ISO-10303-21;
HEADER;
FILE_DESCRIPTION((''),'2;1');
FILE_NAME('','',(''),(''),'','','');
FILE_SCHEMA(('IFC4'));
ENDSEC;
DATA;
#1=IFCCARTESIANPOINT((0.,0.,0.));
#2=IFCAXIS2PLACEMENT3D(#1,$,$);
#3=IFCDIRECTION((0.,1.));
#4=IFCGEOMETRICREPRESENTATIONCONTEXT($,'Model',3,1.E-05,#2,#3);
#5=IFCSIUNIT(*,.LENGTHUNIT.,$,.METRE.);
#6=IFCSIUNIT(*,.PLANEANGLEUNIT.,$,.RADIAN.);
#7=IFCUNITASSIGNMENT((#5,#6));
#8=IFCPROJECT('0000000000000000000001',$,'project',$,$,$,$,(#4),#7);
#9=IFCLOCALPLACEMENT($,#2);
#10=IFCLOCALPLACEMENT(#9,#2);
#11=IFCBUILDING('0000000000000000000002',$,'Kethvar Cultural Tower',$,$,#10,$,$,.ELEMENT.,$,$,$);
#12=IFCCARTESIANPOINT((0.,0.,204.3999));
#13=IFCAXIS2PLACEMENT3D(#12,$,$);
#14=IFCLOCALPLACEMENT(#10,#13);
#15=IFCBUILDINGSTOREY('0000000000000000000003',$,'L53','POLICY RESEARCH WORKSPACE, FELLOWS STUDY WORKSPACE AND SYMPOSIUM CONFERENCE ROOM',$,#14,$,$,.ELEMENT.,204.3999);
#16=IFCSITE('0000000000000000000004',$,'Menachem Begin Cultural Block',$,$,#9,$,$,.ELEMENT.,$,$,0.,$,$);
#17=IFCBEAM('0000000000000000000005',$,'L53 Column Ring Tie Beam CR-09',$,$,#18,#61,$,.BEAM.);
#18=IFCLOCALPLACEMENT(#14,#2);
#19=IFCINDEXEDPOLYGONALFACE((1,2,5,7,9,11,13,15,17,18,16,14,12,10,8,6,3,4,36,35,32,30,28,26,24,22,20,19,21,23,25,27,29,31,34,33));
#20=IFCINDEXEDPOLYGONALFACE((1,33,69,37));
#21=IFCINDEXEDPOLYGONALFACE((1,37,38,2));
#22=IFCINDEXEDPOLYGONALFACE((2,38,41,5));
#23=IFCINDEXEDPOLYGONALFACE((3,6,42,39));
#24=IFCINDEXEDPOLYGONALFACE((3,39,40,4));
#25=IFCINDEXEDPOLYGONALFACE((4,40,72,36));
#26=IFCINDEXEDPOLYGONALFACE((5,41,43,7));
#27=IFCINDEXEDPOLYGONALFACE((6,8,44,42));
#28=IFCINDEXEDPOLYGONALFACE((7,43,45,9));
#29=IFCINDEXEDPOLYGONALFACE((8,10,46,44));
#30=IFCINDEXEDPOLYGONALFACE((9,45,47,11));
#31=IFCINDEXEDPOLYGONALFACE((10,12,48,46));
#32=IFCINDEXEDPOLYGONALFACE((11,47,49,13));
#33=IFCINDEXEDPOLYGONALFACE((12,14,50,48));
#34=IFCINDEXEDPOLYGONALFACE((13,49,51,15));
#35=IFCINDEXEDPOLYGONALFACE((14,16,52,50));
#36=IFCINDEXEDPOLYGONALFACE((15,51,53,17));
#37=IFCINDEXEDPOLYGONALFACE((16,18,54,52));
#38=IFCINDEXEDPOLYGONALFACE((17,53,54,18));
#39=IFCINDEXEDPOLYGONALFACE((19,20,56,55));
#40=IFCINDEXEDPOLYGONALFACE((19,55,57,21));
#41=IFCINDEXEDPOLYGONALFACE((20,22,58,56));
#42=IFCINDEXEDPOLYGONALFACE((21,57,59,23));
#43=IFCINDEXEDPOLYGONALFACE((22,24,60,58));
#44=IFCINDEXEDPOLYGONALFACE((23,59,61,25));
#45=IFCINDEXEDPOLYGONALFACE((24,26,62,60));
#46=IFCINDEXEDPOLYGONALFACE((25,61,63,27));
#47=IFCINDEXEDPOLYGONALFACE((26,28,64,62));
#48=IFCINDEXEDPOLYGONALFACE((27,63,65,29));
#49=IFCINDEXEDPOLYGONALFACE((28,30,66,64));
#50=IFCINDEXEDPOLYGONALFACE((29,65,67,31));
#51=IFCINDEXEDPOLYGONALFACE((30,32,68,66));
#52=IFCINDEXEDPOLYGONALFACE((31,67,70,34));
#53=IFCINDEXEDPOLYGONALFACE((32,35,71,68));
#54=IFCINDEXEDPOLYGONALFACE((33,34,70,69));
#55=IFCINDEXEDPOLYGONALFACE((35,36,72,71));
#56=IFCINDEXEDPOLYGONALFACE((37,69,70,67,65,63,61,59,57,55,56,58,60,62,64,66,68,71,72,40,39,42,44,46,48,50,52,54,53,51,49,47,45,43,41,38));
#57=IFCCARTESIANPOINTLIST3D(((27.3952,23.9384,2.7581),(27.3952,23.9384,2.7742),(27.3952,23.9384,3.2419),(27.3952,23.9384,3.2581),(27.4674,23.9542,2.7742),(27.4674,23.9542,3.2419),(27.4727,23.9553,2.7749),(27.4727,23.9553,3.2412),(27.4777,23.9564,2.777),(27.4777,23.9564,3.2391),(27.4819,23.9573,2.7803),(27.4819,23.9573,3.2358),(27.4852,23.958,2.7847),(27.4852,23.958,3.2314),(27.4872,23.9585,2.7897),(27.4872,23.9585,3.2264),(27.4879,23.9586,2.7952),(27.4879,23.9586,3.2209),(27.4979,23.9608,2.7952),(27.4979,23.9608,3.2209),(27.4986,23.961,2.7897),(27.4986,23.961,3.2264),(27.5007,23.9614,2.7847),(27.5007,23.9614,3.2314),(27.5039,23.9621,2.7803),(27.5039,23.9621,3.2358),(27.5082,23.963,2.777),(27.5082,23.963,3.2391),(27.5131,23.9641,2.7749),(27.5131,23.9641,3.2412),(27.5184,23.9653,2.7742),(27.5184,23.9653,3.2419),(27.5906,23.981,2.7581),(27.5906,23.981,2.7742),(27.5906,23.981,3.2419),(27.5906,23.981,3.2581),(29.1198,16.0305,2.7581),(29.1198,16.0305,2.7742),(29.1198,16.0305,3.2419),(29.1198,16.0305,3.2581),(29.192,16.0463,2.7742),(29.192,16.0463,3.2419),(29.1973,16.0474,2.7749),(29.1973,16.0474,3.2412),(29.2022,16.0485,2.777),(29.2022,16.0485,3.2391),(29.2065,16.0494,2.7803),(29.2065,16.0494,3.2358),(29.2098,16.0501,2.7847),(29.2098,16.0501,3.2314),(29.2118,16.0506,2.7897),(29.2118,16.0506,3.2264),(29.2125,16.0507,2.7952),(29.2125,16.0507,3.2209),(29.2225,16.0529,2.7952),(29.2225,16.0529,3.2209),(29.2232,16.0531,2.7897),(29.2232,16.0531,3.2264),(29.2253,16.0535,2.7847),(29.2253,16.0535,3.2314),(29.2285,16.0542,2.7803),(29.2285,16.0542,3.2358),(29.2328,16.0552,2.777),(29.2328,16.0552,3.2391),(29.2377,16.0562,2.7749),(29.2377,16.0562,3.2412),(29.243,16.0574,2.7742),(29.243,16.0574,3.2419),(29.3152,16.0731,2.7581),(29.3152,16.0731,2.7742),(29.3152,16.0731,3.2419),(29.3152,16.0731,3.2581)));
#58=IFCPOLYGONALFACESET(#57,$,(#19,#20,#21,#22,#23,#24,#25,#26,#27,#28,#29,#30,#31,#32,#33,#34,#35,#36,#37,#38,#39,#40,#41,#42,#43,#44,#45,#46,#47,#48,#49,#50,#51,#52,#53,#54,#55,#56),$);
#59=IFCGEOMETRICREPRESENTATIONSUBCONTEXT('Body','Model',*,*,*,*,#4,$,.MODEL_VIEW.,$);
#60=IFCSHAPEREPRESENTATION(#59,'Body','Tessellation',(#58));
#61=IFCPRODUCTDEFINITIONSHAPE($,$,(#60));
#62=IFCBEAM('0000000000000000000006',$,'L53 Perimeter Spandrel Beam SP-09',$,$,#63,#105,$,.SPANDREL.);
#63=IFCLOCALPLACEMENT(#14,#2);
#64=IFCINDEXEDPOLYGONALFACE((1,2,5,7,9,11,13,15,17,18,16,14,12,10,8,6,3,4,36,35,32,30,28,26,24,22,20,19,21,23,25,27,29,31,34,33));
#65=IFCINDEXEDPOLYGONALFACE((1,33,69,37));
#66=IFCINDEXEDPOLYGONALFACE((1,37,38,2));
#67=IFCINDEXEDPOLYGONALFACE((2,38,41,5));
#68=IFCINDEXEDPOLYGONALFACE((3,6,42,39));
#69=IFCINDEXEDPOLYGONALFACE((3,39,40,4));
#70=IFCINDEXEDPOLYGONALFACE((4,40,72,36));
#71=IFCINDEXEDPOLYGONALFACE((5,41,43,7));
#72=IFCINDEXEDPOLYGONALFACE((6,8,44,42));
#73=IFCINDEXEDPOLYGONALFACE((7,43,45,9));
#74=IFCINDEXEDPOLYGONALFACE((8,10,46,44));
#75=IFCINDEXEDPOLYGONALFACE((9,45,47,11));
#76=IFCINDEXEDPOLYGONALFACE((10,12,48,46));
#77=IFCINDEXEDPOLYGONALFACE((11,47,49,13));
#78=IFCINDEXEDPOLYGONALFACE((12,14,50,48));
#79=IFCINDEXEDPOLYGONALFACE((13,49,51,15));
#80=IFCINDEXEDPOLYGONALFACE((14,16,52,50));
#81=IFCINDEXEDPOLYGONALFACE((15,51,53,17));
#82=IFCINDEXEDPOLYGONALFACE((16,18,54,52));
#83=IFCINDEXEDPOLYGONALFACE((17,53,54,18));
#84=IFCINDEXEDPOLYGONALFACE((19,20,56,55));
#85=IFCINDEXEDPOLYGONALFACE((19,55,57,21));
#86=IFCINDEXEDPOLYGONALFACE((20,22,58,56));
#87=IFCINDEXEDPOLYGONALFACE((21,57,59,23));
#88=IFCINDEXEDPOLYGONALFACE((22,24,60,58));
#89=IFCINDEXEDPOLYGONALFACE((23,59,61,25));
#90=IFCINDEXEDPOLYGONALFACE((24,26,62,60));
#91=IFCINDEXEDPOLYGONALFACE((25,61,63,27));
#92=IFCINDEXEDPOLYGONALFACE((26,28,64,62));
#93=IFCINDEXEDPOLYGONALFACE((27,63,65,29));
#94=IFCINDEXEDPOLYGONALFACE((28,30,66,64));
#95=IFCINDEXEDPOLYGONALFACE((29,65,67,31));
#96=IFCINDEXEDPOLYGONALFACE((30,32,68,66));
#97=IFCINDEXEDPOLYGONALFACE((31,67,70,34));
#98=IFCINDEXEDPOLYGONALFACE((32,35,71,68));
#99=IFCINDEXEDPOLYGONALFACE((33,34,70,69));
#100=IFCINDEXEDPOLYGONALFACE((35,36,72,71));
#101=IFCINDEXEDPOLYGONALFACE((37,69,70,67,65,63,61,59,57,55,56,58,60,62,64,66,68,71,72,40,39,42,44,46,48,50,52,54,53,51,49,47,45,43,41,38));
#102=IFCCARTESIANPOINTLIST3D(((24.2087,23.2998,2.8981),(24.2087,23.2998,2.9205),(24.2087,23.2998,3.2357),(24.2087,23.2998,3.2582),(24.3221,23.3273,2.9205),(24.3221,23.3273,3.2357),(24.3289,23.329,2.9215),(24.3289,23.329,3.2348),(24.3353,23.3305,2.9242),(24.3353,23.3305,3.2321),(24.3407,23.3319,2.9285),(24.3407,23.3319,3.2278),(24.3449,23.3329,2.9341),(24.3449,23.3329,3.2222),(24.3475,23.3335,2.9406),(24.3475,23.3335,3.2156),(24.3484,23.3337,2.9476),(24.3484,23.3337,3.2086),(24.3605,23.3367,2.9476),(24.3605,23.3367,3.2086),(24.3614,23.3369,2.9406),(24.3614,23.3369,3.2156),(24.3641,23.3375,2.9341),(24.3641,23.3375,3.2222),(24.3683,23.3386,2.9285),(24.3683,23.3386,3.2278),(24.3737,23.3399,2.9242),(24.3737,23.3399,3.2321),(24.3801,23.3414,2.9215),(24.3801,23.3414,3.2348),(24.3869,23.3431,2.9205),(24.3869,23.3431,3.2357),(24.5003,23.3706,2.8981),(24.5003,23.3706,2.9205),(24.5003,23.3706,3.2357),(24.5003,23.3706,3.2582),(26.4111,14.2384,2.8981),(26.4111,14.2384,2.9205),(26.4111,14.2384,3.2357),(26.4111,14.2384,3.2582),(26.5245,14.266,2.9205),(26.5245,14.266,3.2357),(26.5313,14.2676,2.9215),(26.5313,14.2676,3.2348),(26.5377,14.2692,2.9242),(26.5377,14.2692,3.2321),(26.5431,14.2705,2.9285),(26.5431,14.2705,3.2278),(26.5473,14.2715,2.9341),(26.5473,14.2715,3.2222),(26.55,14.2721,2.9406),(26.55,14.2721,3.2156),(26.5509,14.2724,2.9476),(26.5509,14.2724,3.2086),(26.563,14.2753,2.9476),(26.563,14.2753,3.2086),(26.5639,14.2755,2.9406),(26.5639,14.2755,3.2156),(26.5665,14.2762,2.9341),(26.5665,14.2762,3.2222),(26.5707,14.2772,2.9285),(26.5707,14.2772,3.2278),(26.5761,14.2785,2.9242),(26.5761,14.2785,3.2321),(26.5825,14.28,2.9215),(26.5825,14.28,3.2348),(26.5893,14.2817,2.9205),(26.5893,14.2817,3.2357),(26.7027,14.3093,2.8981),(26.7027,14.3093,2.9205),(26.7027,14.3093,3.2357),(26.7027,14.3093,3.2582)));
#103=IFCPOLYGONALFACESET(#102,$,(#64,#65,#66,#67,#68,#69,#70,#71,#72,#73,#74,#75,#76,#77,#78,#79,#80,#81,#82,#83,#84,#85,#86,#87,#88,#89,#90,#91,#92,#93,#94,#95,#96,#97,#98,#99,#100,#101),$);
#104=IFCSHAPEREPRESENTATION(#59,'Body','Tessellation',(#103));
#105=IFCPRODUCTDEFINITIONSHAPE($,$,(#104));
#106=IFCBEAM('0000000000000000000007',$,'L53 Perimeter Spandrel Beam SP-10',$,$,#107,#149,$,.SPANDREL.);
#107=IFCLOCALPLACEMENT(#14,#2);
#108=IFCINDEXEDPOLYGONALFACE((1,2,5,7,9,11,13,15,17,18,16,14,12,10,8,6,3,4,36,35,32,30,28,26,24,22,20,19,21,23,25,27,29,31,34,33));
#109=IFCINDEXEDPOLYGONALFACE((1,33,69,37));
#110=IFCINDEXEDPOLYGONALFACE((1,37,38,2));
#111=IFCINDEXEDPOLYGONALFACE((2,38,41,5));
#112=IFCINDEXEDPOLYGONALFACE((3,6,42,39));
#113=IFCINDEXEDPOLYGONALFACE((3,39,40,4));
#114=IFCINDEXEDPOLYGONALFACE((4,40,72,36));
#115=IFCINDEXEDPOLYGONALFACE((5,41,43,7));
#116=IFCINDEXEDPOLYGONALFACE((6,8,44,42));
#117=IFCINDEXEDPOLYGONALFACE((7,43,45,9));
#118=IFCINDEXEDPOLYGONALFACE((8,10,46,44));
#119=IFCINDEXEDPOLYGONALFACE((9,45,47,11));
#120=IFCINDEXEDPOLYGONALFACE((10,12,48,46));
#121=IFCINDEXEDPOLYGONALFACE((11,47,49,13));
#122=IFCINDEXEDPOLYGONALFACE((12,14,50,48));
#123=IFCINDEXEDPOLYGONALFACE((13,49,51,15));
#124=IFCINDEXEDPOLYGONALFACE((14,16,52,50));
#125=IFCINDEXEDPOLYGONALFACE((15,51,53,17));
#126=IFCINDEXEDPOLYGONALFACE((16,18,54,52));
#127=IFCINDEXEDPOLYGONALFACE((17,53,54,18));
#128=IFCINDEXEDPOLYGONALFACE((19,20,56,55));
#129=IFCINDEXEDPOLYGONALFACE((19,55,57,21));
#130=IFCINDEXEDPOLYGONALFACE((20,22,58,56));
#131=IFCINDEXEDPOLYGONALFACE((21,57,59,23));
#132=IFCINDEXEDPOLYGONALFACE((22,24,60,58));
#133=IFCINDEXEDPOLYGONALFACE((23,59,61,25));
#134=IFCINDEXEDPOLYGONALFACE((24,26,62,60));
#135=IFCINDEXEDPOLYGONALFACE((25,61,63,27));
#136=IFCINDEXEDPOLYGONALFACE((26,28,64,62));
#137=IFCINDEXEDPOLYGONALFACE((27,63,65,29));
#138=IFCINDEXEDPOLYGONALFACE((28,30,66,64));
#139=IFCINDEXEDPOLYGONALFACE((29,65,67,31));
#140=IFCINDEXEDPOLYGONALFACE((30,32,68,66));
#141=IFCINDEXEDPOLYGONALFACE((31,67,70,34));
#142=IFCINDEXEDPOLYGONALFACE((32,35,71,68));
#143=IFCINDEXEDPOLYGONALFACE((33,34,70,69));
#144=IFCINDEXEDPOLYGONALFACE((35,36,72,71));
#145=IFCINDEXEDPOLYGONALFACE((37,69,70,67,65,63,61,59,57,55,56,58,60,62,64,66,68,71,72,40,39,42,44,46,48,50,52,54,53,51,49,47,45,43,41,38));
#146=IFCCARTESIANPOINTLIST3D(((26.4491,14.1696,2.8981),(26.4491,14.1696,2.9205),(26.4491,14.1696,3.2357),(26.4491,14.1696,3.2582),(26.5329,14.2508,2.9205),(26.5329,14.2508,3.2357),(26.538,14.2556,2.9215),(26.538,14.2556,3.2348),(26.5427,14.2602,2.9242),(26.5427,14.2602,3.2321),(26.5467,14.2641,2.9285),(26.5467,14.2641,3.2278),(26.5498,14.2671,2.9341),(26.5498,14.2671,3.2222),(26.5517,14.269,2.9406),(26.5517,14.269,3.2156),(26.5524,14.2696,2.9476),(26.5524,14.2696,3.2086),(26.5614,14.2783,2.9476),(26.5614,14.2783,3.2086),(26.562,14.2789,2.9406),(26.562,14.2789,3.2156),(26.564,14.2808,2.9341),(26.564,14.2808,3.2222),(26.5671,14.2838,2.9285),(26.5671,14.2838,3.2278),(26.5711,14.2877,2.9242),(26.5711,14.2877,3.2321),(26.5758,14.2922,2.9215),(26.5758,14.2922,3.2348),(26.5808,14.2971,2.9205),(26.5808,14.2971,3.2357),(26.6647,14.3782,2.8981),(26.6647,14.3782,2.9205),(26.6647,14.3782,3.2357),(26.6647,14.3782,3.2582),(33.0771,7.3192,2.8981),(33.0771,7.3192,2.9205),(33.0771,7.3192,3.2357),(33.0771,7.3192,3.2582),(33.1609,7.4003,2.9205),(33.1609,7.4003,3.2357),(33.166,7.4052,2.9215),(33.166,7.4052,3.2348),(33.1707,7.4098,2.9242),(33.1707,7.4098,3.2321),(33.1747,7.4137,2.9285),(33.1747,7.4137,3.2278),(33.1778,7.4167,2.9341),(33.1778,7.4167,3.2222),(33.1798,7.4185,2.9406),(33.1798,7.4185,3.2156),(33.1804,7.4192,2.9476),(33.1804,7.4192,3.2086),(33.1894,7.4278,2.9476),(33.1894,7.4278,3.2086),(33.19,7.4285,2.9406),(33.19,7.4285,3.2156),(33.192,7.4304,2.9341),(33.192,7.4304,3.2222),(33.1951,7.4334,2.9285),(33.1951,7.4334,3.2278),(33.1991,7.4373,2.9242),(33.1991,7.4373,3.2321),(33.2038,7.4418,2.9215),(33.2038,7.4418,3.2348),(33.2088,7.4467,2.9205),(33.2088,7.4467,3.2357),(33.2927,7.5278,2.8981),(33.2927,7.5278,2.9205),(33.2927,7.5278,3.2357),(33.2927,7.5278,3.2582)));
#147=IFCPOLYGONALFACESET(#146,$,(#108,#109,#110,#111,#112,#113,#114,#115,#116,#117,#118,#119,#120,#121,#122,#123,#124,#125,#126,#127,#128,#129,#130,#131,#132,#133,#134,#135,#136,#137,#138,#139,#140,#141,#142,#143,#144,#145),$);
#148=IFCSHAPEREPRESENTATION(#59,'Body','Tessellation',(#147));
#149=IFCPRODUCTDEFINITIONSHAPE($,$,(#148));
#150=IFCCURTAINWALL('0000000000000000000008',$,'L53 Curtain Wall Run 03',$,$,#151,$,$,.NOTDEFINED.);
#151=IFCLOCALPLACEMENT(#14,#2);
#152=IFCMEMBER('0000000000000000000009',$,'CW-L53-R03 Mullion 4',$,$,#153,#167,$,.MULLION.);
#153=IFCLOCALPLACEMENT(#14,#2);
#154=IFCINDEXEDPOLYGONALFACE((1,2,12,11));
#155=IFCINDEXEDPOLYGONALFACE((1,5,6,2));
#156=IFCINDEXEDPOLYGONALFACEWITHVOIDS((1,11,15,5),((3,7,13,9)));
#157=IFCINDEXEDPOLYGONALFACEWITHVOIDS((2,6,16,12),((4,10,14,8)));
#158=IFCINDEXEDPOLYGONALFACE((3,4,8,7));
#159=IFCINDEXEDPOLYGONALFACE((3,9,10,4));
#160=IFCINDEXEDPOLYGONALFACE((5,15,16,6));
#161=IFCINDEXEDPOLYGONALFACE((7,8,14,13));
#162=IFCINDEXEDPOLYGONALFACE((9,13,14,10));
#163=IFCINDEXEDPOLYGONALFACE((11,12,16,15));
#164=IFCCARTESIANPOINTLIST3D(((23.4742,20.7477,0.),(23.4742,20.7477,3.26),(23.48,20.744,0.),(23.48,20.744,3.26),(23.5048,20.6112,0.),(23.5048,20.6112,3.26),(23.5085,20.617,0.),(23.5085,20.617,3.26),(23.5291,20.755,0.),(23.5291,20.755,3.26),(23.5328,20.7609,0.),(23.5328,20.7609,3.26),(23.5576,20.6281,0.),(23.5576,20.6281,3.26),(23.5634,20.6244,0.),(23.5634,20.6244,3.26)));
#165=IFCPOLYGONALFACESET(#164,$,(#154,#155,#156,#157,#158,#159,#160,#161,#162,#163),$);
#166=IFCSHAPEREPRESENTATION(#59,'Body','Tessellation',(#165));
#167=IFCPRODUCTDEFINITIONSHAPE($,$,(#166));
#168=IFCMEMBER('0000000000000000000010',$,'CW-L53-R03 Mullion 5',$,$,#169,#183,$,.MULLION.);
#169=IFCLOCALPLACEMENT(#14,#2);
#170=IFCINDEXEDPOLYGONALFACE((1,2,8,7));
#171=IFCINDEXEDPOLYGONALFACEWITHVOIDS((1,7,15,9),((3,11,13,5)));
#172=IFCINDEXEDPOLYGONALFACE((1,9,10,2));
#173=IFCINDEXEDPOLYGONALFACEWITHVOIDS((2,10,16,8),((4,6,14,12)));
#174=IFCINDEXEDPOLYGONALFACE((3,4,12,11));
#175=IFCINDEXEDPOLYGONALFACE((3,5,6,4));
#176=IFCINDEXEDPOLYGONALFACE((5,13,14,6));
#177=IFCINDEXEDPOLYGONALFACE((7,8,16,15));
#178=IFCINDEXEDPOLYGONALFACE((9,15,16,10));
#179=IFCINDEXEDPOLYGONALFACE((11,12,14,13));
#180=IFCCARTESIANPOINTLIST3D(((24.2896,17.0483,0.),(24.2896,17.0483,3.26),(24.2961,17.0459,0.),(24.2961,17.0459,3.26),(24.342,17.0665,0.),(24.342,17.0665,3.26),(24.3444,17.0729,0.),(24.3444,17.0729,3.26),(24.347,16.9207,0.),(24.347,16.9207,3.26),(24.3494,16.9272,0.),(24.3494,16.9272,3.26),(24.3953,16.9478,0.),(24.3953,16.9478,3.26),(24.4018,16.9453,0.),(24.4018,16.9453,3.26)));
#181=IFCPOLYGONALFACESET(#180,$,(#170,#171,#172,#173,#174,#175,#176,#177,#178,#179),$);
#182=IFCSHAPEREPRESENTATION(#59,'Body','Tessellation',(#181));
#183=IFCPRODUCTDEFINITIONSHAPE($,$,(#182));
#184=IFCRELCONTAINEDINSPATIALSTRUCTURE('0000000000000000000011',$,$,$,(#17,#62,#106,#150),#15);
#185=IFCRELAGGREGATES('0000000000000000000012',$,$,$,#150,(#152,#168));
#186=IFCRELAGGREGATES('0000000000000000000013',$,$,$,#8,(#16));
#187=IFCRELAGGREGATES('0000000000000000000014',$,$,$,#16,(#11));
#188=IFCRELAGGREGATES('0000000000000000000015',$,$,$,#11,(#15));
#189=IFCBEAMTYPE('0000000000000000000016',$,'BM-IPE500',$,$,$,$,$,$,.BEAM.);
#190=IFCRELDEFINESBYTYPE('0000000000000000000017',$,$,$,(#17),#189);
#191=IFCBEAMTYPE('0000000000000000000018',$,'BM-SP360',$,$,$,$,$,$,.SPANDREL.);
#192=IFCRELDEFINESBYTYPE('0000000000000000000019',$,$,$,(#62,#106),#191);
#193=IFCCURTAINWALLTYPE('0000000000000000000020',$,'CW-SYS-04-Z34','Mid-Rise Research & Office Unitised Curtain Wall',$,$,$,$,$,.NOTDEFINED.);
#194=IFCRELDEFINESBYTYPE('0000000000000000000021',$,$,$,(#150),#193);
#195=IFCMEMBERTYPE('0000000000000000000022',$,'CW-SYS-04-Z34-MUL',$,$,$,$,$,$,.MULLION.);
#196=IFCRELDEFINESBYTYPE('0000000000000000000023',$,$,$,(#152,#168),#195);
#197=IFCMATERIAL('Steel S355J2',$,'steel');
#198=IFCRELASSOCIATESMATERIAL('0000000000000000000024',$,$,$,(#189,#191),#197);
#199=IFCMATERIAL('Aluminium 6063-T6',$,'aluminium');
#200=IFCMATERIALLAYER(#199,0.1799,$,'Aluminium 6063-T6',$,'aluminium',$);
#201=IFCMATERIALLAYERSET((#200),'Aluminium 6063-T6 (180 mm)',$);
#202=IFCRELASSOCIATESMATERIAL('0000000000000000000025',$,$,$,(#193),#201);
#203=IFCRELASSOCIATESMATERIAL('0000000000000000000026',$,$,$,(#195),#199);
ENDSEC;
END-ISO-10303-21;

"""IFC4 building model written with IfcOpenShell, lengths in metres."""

from ifc_helpers import new_model, si_unit, direction, frame, origin, origin_2d, place, context, subcontext, project, spatial, hollow_rectangle, i_section, extrude, source, transform, mapped, material, layer, layer_set, material_profile, profile_set, type_object, element, aggregate, save


model = new_model("IFC4")

# Units and contexts
model_context = context("Model", 3, precision=1e-05, world=origin(), true_north=direction((0.0, 1.0)))
body_context = subcontext(model_context, "Body", "Model", "MODEL_VIEW")
ifc_project = project(units=[si_unit("LENGTHUNIT", "METRE"), si_unit("PLANEANGLEUNIT", "RADIAN")], contexts=[model_context])

# Site, building, storey
site_placement = place(None, origin())
site = spatial("IfcSite", under=ifc_project, at=site_placement, Name="Menachem Begin Cultural Block", CompositionType="ELEMENT", RefElevation=0.0)
building_placement = place(site_placement, origin())
building = spatial("IfcBuilding", under=site, at=building_placement, Name="Kethvar Cultural Tower", CompositionType="ELEMENT")
storey_placement = place(building_placement, frame((0.0, 0.0, 204.3999)))
storey = spatial("IfcBuildingStorey", under=building, at=storey_placement, Name="L53", Description="POLICY RESEARCH WORKSPACE, FELLOWS STUDY WORKSPACE AND SYMPOSIUM CONFERENCE ROOM", CompositionType="ELEMENT", Elevation=204.3999)

# Beams
ifc_material_1 = material(Name="Steel S355J2", Category="steel")
ifc_material_profile_1 = material_profile(ifc_material_1, i_section(OverallWidth=0.2, OverallDepth=0.5, WebThickness=0.0103, FlangeThickness=0.0161, FilletRadius=0.021, at=origin_2d()), Name="Steel S355J2 — IPE500")
ifc_profile_set_1 = profile_set([ifc_material_profile_1], Name="Steel S355J2 — IPE500")
beam_type_1 = type_object("IfcBeamType", Name="BM-IPE500", PredefinedType="BEAM", material=ifc_profile_set_1)
shared_shape_1 = source(origin(), body_context, "Body", "SweptSolid", [
    extrude(i_section(OverallWidth=0.2, OverallDepth=0.5, WebThickness=0.0103, FlangeThickness=0.0161, FilletRadius=0.021, at=origin_2d()), origin(), (0.0, 0.0, 1.0), 8.0938),
])
beam_1_placement = place(storey_placement, frame((27.4929, 23.9597, 3.0081), z_axis=(0.213077, -0.977035, 0.0), x_axis=(0.977035, 0.213077, 0.0)))
element("IfcBeam", 1, at=beam_1_placement, inside=storey, type_object=beam_type_1, Name="L53 Column Ring Tie Beam CR-09", PredefinedType="BEAM", context=body_context, shape_type="MappedRepresentation", body=[
    mapped(shared_shape_1, transform((0.0, 0.0, 0.0), scale=1.0)),
])
ifc_material_profile_2 = material_profile(ifc_material_1, i_section(OverallWidth=0.3, OverallDepth=0.3601, WebThickness=0.0125, FlangeThickness=0.0225, FilletRadius=0.0271, at=origin_2d()), Name="Steel S355J2 — HEB360")
ifc_profile_set_2 = profile_set([ifc_material_profile_2], Name="Steel S355J2 — HEB360")
beam_type_2 = type_object("IfcBeamType", Name="BM-SP360", PredefinedType="SPANDREL", material=ifc_profile_set_2)
shared_shape_2 = source(origin(), body_context, "Body", "SweptSolid", [
    extrude(i_section(OverallWidth=0.3, OverallDepth=0.3601, WebThickness=0.0125, FlangeThickness=0.0225, FilletRadius=0.0271, at=origin_2d()), origin(), (0.0, 0.0, 1.0), 9.3252),
])
beam_2_placement = place(storey_placement, frame((24.3545, 23.3352, 3.0781), z_axis=(0.236179, -0.97171, 0.0), x_axis=(0.97171, 0.236179, 0.0)))
element("IfcBeam", 2, at=beam_2_placement, inside=storey, type_object=beam_type_2, Name="L53 Perimeter Spandrel Beam SP-09", PredefinedType="SPANDREL", context=body_context, shape_type="MappedRepresentation", body=[
    mapped(shared_shape_2, transform((0.0, 0.0, 0.0), scale=1.0)),
])
shared_shape_3 = source(origin(), body_context, "Body", "SweptSolid", [
    extrude(i_section(OverallWidth=0.3, OverallDepth=0.3601, WebThickness=0.0125, FlangeThickness=0.0225, FilletRadius=0.0271, at=origin_2d()), origin(), (0.0, 0.0, 1.0), 9.532),
])
beam_3_placement = place(storey_placement, frame((26.5569, 14.2739, 3.0781), z_axis=(0.695344, -0.718677, 0.0), x_axis=(0.718677, 0.695344, 0.0)))
element("IfcBeam", 3, at=beam_3_placement, inside=storey, type_object=beam_type_2, Name="L53 Perimeter Spandrel Beam SP-10", PredefinedType="SPANDREL", context=body_context, shape_type="MappedRepresentation", body=[
    mapped(shared_shape_3, transform((0.0, 0.0, 0.0), scale=1.0)),
])

# Curtain wall, members
ifc_material_2 = material(Name="Aluminium 6063-T6", Category="aluminium")
ifc_layer_1 = layer(ifc_material_2, 0.1799, Name="Aluminium 6063-T6", Category="aluminium")
ifc_layer_set_1 = layer_set([ifc_layer_1], Name="Aluminium 6063-T6 (180 mm)")
curtain_wall_type = type_object("IfcCurtainWallType", Name="CW-SYS-04-Z34", Description="Mid-Rise Research & Office Unitised Curtain Wall", PredefinedType="NOTDEFINED", material=ifc_layer_set_1)
curtain_wall_1_placement = place(storey_placement, origin())
curtain_wall_1 = element("IfcCurtainWall", 4, at=curtain_wall_1_placement, inside=storey, type_object=curtain_wall_type, Name="L53 Curtain Wall Run 03", PredefinedType="NOTDEFINED")
ifc_material_profile_3 = material_profile(ifc_material_2, hollow_rectangle(XDim=0.0601, YDim=0.1399, WallThickness=0.0049, at=origin_2d()), Name="Aluminium 6063-T6 — RHS140x60x5")
ifc_profile_set_3 = profile_set([ifc_material_profile_3], Name="Aluminium 6063-T6 — RHS140x60x5")
member_type_1 = type_object("IfcMemberType", Name="CW-SYS-04-Z34-MUL", PredefinedType="MULLION", material=ifc_profile_set_3)
shared_shape_4 = source(origin(), body_context, "Body", "SweptSolid", [
    extrude(hollow_rectangle(XDim=0.0601, YDim=0.1399, WallThickness=0.0049, at=origin_2d()), origin(), (0.0, 0.0, 1.0), 3.26),
])
member_1_placement = place(storey_placement, frame((23.5188, 20.686, 0.0), z_axis=(0.0, 0.0, 1.0), x_axis=(0.975657, 0.219301, 0.0)))
member_1 = element("IfcMember", 5, at=member_1_placement, type_object=member_type_1, Name="CW-L53-R03 Mullion 4", PredefinedType="MULLION", context=body_context, shape_type="MappedRepresentation", body=[
    mapped(shared_shape_4, transform((0.0, 0.0, 0.0), scale=1.0)),
])
member_2_placement = place(storey_placement, frame((24.3457, 16.9968, 0.0), z_axis=(0.0, 0.0, 1.0), x_axis=(0.91212, 0.409923, 0.0)))
member_2 = element("IfcMember", 6, at=member_2_placement, type_object=member_type_1, Name="CW-L53-R03 Mullion 5", PredefinedType="MULLION", context=body_context, shape_type="MappedRepresentation", body=[
    mapped(shared_shape_4, transform((0.0, 0.0, 0.0), scale=1.0)),
])

aggregate(curtain_wall_1, [member_1, member_2])

save(model, "model.ifc")
